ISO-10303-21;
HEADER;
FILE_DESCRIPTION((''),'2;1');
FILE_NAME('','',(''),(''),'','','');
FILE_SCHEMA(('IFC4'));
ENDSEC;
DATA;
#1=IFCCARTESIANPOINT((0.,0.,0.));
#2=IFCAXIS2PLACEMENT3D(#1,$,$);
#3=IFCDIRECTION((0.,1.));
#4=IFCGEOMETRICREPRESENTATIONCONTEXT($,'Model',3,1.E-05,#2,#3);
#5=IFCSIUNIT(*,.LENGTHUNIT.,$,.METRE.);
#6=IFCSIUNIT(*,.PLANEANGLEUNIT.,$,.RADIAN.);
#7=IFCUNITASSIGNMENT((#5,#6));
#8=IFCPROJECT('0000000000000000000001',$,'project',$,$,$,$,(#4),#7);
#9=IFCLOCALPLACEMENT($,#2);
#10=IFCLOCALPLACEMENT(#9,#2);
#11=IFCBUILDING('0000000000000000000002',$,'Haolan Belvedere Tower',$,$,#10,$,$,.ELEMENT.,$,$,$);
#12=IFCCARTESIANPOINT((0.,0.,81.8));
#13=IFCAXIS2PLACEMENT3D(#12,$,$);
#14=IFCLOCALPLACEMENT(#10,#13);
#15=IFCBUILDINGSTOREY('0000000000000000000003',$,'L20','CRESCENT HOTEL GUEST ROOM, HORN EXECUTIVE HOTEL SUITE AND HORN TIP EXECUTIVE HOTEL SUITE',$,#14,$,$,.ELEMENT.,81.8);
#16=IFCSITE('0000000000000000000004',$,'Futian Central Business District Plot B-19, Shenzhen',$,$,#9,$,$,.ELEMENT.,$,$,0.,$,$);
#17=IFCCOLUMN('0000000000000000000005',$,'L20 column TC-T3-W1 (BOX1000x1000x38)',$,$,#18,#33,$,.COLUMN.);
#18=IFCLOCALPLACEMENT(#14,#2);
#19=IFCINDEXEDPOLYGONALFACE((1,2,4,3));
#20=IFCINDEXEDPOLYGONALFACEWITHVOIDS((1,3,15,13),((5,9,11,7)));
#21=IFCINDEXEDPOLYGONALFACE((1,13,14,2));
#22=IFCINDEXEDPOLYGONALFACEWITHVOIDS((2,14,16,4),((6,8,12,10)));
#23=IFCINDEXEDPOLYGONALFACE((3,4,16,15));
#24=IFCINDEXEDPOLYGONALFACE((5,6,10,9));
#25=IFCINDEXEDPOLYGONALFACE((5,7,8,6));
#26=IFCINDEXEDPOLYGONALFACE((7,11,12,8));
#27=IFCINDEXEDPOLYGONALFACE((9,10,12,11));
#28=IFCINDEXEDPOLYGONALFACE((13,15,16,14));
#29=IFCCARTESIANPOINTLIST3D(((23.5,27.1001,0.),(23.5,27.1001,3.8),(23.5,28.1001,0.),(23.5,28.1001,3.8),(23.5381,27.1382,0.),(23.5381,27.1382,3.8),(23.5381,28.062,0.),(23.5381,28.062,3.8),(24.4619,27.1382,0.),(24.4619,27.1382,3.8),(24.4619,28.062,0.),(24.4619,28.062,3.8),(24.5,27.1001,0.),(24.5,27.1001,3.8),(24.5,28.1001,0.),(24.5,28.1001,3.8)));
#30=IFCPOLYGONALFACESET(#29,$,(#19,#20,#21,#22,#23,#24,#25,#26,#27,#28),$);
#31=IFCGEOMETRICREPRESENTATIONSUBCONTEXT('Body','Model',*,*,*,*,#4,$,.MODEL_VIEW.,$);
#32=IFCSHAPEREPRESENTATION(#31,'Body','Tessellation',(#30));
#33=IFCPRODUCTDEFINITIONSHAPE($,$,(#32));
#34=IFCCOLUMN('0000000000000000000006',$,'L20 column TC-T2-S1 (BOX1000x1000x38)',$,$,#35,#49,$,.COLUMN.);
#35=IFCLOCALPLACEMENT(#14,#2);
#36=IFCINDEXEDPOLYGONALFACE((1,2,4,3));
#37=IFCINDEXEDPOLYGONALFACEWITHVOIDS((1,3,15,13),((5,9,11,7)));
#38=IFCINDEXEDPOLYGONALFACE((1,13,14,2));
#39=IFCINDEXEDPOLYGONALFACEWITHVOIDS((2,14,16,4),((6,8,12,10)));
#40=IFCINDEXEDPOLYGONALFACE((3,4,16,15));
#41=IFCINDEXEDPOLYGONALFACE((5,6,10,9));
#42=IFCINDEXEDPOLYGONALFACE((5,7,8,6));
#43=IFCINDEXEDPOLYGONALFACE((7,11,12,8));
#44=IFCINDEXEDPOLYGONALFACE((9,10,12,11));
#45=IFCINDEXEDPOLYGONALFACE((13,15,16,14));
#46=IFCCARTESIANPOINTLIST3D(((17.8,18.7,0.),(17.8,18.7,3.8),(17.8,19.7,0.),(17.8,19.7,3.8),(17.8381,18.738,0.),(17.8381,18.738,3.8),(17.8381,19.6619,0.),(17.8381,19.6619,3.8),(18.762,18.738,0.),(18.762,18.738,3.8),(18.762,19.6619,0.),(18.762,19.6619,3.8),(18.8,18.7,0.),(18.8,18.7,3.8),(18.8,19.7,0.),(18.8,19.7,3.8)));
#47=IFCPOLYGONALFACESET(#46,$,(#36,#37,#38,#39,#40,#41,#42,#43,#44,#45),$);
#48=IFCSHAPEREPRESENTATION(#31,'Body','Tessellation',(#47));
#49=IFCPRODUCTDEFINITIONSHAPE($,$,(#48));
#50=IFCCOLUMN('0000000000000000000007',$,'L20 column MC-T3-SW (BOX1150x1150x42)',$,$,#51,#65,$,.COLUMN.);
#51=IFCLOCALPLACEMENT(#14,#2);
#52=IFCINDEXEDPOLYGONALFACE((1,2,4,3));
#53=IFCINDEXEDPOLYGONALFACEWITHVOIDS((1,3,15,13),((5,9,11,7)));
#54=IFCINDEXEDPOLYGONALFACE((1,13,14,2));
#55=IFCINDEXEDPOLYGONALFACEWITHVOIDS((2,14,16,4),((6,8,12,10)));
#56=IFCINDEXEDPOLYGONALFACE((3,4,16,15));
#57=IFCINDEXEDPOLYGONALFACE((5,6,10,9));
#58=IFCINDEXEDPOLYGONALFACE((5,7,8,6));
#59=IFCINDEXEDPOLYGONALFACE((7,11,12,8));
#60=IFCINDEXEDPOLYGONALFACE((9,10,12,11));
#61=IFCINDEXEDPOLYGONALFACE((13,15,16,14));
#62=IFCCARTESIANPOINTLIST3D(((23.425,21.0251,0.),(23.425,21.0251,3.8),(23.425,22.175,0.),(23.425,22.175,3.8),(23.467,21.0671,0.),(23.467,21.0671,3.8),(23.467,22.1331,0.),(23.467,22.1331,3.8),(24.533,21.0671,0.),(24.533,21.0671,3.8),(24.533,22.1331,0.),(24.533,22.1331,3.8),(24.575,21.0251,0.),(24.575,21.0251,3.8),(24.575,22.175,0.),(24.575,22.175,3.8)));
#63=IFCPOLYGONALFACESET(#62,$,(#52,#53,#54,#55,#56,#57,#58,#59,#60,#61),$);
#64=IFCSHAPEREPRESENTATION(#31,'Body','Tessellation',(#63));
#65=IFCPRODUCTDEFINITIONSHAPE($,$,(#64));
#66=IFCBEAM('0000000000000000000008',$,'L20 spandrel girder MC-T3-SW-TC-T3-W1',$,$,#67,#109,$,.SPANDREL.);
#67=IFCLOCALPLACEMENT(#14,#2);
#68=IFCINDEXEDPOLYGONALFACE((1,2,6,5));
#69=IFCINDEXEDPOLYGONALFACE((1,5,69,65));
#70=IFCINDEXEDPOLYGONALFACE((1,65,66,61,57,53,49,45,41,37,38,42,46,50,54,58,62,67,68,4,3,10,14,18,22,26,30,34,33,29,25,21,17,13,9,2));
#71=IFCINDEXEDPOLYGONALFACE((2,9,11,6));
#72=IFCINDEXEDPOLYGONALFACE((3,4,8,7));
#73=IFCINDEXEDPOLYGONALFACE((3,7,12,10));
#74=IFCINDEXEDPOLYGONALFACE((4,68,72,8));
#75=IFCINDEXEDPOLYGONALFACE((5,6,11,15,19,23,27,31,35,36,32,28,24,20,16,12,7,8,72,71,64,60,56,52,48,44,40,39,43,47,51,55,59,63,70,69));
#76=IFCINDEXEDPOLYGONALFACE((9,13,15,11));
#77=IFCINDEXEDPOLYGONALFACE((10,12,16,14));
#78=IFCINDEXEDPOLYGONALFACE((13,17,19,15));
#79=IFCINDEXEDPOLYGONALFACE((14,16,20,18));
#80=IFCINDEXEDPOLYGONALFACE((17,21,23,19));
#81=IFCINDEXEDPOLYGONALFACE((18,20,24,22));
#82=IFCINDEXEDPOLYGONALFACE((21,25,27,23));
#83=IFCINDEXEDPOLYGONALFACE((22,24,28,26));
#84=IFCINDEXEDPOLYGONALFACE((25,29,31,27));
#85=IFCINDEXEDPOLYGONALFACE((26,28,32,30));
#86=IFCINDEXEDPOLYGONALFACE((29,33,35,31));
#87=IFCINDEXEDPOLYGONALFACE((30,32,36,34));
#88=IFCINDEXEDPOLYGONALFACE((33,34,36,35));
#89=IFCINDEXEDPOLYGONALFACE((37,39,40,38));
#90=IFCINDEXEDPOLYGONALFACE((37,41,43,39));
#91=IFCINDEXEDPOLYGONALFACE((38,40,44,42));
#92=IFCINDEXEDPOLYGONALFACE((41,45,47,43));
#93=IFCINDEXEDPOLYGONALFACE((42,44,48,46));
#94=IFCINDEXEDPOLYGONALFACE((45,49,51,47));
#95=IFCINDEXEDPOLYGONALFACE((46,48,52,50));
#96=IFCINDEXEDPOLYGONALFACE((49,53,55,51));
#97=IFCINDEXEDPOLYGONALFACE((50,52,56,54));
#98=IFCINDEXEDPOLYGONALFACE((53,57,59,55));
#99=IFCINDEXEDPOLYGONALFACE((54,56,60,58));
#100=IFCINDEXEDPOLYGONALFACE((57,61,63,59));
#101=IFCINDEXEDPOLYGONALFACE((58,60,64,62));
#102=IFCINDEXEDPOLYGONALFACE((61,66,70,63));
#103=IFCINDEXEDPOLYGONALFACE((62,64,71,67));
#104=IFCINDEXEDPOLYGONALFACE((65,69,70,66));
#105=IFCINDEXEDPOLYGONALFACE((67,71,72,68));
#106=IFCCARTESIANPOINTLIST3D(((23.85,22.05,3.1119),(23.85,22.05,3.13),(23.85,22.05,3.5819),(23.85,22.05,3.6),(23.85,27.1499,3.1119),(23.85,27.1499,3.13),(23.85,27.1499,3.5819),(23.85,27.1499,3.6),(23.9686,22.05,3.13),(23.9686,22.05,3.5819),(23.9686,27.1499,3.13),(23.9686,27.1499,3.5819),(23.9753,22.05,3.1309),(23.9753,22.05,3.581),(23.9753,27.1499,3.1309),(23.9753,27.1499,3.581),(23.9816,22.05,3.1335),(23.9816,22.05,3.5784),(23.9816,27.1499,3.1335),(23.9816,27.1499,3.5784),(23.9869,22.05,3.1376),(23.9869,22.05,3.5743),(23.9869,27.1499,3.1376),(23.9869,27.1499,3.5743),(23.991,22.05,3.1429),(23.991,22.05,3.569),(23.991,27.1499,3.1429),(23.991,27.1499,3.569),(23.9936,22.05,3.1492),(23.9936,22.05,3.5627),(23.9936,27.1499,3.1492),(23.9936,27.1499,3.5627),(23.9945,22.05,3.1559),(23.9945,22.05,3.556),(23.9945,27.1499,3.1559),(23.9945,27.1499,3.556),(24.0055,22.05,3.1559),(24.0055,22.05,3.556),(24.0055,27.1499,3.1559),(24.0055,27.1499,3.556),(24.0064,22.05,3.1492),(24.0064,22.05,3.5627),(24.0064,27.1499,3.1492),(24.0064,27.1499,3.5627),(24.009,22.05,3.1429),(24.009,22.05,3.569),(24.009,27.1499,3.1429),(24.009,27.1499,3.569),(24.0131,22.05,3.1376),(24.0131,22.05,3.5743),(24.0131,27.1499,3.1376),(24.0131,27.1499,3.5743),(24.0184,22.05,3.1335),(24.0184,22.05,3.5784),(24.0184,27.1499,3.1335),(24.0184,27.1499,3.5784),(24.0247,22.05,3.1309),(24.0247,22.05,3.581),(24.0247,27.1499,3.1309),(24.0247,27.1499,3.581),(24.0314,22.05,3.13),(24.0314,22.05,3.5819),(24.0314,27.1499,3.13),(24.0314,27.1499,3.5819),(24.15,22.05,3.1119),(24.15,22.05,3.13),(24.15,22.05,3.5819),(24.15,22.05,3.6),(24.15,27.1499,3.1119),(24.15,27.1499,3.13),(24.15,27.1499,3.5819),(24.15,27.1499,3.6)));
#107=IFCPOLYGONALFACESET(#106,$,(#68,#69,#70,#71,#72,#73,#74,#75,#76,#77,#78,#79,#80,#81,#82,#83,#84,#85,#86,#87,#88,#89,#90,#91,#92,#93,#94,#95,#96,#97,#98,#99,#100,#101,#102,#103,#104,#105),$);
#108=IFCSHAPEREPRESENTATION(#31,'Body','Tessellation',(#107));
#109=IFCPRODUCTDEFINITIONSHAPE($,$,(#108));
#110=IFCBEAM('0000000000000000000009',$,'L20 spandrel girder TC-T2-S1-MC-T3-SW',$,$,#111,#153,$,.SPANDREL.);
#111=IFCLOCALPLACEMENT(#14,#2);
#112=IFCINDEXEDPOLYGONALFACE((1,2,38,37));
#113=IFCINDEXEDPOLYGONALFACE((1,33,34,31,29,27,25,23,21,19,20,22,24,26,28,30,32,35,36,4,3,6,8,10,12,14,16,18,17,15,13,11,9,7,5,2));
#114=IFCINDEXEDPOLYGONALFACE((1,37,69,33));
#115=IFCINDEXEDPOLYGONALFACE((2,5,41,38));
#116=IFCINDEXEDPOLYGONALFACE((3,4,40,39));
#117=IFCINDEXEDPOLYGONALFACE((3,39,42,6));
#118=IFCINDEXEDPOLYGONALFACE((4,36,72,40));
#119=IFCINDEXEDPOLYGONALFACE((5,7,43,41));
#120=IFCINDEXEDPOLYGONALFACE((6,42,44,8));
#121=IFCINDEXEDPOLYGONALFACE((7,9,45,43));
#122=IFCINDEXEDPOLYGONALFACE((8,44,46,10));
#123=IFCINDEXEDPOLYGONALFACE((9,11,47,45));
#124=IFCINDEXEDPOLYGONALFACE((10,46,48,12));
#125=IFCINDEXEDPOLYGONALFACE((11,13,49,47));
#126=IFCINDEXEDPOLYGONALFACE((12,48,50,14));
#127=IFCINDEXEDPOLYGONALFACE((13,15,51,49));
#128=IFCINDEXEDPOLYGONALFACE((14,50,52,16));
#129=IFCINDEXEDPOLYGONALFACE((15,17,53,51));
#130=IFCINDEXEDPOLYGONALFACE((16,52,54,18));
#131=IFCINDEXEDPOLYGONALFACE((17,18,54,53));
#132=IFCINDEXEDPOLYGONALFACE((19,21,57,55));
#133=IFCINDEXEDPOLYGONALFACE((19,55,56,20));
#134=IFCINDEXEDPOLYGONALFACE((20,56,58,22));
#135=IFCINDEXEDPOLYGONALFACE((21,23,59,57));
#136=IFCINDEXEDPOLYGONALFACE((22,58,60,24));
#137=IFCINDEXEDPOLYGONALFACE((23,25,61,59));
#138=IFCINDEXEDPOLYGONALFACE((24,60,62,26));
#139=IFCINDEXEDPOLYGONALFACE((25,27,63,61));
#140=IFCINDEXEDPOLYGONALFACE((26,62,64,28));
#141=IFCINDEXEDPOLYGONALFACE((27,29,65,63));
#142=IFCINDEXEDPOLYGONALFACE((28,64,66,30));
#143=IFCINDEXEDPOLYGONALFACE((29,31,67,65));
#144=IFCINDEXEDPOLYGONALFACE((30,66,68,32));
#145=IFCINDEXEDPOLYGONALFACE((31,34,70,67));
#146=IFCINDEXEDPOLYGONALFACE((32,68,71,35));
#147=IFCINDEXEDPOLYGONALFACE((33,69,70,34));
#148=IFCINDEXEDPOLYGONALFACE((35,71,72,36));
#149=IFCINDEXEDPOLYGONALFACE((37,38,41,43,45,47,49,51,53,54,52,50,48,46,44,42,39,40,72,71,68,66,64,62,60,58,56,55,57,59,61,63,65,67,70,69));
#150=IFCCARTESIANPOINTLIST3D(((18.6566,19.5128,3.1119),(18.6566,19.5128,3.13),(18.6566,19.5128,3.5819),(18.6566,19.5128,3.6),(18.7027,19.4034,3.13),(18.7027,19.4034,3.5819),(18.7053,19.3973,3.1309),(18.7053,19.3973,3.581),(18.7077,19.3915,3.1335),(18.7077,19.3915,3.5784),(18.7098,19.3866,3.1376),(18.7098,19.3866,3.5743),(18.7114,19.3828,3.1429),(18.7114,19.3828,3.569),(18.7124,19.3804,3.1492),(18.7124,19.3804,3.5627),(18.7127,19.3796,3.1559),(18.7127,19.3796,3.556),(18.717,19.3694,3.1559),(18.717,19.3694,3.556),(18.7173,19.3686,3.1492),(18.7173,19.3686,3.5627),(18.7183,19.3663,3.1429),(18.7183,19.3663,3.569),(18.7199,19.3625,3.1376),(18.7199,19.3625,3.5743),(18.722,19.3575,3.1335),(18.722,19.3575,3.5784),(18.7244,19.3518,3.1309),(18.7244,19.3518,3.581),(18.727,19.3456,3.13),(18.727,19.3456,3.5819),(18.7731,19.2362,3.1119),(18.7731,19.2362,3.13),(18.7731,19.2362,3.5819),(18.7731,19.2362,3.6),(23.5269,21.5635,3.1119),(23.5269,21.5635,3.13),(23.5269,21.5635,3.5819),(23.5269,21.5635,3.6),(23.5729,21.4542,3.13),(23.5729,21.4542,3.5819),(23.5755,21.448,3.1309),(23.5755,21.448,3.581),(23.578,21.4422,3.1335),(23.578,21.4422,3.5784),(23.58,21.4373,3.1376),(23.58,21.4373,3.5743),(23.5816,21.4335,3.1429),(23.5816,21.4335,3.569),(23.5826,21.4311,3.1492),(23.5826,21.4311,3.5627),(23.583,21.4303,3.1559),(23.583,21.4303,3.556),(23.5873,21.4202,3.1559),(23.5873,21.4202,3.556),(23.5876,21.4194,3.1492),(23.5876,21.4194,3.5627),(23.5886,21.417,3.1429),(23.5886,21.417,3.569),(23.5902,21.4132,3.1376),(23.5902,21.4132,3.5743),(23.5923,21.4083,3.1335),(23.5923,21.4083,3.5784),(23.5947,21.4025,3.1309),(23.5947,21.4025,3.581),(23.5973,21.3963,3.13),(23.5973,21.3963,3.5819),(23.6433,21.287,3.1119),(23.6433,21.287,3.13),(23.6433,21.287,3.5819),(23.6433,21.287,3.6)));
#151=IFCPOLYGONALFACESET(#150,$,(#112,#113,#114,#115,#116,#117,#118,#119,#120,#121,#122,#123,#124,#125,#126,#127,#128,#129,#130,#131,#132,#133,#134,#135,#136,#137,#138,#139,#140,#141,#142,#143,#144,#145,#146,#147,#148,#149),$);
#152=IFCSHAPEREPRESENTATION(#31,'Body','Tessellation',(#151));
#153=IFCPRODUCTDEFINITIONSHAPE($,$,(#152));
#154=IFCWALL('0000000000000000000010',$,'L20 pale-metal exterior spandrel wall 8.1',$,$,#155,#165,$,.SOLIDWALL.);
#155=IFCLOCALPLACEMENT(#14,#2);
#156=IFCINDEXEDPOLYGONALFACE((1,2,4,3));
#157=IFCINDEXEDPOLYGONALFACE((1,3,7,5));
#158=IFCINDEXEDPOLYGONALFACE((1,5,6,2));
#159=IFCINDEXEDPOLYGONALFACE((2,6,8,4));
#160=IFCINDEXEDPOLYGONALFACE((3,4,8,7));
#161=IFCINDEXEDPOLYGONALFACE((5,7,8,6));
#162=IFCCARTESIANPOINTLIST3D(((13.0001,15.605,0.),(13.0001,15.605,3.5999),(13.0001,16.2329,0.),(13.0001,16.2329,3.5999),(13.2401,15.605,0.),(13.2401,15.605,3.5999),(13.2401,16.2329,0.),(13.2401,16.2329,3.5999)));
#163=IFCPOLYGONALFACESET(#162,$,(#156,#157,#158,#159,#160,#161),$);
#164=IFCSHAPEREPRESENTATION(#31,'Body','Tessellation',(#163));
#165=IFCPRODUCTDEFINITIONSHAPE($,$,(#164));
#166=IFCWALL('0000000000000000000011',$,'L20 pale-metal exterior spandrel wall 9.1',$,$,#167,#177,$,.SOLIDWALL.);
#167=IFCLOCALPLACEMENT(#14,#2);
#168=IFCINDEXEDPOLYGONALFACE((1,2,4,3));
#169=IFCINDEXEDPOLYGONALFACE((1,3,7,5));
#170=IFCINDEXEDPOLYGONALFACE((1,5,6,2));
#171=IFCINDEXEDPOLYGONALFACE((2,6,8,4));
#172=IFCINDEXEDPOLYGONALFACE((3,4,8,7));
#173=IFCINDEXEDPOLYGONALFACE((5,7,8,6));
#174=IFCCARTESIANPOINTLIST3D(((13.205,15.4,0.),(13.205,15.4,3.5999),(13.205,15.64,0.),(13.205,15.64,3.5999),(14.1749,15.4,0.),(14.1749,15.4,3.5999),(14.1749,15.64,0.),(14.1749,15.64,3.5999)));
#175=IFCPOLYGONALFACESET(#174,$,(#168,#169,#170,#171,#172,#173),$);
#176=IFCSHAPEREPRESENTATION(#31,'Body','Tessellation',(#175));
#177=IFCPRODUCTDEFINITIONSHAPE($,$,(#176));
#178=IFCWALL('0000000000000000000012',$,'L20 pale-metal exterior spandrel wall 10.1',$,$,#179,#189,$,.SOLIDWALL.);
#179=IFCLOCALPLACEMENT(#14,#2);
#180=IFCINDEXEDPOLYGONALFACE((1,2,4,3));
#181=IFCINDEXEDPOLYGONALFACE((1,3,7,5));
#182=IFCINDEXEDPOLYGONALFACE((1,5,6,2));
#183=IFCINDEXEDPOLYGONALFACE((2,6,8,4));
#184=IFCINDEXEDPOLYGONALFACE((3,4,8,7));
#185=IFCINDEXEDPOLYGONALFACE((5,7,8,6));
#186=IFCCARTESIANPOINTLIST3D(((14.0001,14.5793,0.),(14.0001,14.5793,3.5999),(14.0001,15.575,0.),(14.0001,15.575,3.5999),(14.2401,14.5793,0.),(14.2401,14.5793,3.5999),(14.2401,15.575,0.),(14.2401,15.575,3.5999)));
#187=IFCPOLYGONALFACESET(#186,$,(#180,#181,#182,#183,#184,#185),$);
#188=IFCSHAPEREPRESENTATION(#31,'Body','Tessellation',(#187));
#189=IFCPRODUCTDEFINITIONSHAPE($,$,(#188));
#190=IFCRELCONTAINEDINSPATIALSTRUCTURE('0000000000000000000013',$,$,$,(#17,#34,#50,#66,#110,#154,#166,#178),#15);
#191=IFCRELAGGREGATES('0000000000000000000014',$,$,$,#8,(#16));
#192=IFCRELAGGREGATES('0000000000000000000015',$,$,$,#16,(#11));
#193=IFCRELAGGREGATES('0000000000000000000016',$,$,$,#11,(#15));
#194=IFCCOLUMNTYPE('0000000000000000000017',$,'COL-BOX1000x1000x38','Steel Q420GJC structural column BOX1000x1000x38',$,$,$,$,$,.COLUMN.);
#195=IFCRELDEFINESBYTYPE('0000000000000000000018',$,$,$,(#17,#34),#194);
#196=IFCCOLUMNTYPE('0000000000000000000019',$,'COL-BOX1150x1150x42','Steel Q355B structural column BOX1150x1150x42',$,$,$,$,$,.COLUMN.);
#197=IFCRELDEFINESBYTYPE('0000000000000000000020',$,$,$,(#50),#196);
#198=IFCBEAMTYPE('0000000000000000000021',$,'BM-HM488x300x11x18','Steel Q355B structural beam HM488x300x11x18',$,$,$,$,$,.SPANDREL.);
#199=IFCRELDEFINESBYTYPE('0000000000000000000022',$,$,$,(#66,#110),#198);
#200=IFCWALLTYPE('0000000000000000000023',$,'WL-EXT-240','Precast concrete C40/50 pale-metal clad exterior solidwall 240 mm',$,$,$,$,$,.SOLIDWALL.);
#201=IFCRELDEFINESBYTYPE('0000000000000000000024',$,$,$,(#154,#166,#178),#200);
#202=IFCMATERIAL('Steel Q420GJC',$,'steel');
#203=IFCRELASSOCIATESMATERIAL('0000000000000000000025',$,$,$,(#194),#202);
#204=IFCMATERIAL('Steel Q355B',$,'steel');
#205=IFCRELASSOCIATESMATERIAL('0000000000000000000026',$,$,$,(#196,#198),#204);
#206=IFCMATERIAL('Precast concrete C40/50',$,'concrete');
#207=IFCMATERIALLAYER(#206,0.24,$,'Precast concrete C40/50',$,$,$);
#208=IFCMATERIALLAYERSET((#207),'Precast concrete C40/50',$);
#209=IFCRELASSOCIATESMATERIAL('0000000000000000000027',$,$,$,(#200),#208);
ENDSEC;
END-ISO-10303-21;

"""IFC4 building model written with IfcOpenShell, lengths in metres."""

from ifc_helpers import new_model, si_unit, direction, frame, frame_2d, origin, origin_2d, place, context, subcontext, project, spatial, rectangle, hollow_rectangle, i_section, extrude, material, layer, layer_set, material_profile, profile_set, type_object, element, save


model = new_model("IFC4")

# Units and contexts
model_context = context("Model", 3, precision=1e-05, world=origin(), true_north=direction((0.0, 1.0)))
body_context = subcontext(model_context, "Body", "Model", "MODEL_VIEW")
ifc_project = project(units=[si_unit("LENGTHUNIT", "METRE"), si_unit("PLANEANGLEUNIT", "RADIAN")], contexts=[model_context])

# Site, building, storey
site_placement = place(None, origin())
site = spatial("IfcSite", under=ifc_project, at=site_placement, Name="Futian Central Business District Plot B-19, Shenzhen", CompositionType="ELEMENT", RefElevation=0.0)
building_placement = place(site_placement, origin())
building = spatial("IfcBuilding", under=site, at=building_placement, Name="Haolan Belvedere Tower", CompositionType="ELEMENT")
storey_placement = place(building_placement, frame((0.0, 0.0, 81.8)))
storey = spatial("IfcBuildingStorey", under=building, at=storey_placement, Name="L20", Description="CRESCENT HOTEL GUEST ROOM, HORN EXECUTIVE HOTEL SUITE AND HORN TIP EXECUTIVE HOTEL SUITE", CompositionType="ELEMENT", Elevation=81.8)

# Columns
ifc_material_1 = material(Name="Steel Q420GJC", Category="steel")
ifc_material_profile_1 = material_profile(ifc_material_1, hollow_rectangle(XDim=1.0, YDim=1.0, WallThickness=0.0381, at=origin_2d()), Name="Steel Q420GJC")
ifc_profile_set_1 = profile_set([ifc_material_profile_1], Name="Steel Q420GJC")
column_type_1 = type_object("IfcColumnType", Name="COL-BOX1000x1000x38", Description="Steel Q420GJC structural column BOX1000x1000x38", PredefinedType="COLUMN", material=ifc_profile_set_1)
for number, where, z_axis, x_axis, name in (
    (1, (24.0, 27.6001, 0.0), (0.0, 0.0, 1.0), (1.0, 0.0, 0.0), "L20 column TC-T3-W1 (BOX1000x1000x38)"),
    (2, (18.3, 19.2, 0.0), (0.0, 0.0, 1.0), (1.0, 0.0, 0.0), "L20 column TC-T2-S1 (BOX1000x1000x38)"),
):
    element("IfcColumn", number, at=place(storey_placement, frame(where, z_axis=z_axis, x_axis=x_axis)), inside=storey, type_object=column_type_1, Name=name, PredefinedType="COLUMN", context=body_context, shape_type="SweptSolid", body=[
        extrude(hollow_rectangle(XDim=1.0, YDim=1.0, WallThickness=0.0381, at=origin_2d()), origin(), (0.0, 0.0, 1.0), 3.8),
    ])
ifc_material_2 = material(Name="Steel Q355B", Category="steel")
ifc_material_profile_2 = material_profile(ifc_material_2, hollow_rectangle(XDim=1.1499, YDim=1.1499, WallThickness=0.042, at=origin_2d()), Name="Steel Q355B")
ifc_profile_set_2 = profile_set([ifc_material_profile_2], Name="Steel Q355B")
column_type_2 = type_object("IfcColumnType", Name="COL-BOX1150x1150x42", Description="Steel Q355B structural column BOX1150x1150x42", PredefinedType="COLUMN", material=ifc_profile_set_2)
column_placement = place(storey_placement, frame((24.0, 21.6001, 0.0), z_axis=(0.0, 0.0, 1.0), x_axis=(1.0, 0.0, 0.0)))
element("IfcColumn", 3, at=column_placement, inside=storey, type_object=column_type_2, Name="L20 column MC-T3-SW (BOX1150x1150x42)", PredefinedType="COLUMN", context=body_context, shape_type="SweptSolid", body=[
    extrude(hollow_rectangle(XDim=1.1499, YDim=1.1499, WallThickness=0.042, at=origin_2d()), origin(), (0.0, 0.0, 1.0), 3.8),
])

# Beams
ifc_material_profile_3 = material_profile(ifc_material_2, i_section(OverallWidth=0.3, OverallDepth=0.488, WebThickness=0.011, FlangeThickness=0.0181, FilletRadius=0.0259, at=origin_2d()), Name="Steel Q355B")
ifc_profile_set_3 = profile_set([ifc_material_profile_3], Name="Steel Q355B")
beam_type = type_object("IfcBeamType", Name="BM-HM488x300x11x18", Description="Steel Q355B structural beam HM488x300x11x18", PredefinedType="SPANDREL", material=ifc_profile_set_3)
beam_1_placement = place(storey_placement, frame((24.0, 22.05, 3.356), z_axis=(0.0, 1.0, 0.0), x_axis=(-1.0, 0.0, 0.0)))
element("IfcBeam", 4, at=beam_1_placement, inside=storey, type_object=beam_type, Name="L20 spandrel girder MC-T3-SW-TC-T3-W1", PredefinedType="SPANDREL", context=body_context, shape_type="SweptSolid", body=[
    extrude(i_section(OverallWidth=0.3, OverallDepth=0.488, WebThickness=0.011, FlangeThickness=0.0181, FilletRadius=0.0259, at=origin_2d()), origin(), (0.0, 0.0, 1.0), 5.0999),
])
beam_2_placement = place(storey_placement, frame((18.7148, 19.3745, 3.356), z_axis=(0.921628, 0.388074, 0.0), x_axis=(-0.388074, 0.921628, 0.0)))
element("IfcBeam", 5, at=beam_2_placement, inside=storey, type_object=beam_type, Name="L20 spandrel girder TC-T2-S1-MC-T3-SW", PredefinedType="SPANDREL", context=body_context, shape_type="SweptSolid", body=[
    extrude(i_section(OverallWidth=0.3, OverallDepth=0.488, WebThickness=0.011, FlangeThickness=0.0181, FilletRadius=0.0259, at=origin_2d()), origin(), (0.0, 0.0, 1.0), 5.2844),
])

# Walls
ifc_material_3 = material(Name="Precast concrete C40/50", Category="concrete")
ifc_layer_1 = layer(ifc_material_3, 0.24, Name="Precast concrete C40/50")
ifc_layer_set_1 = layer_set([ifc_layer_1], Name="Precast concrete C40/50")
wall_type_1 = type_object("IfcWallType", Name="WL-EXT-240", Description="Precast concrete C40/50 pale-metal clad exterior solidwall 240 mm", PredefinedType="SOLIDWALL", material=ifc_layer_set_1)
wall_1_placement = place(storey_placement, frame((13.1201, 16.2329, 0.0), z_axis=(0.0, 0.0, 1.0), x_axis=(0.0, -1.0, 0.0)))
element("IfcWall", 6, at=wall_1_placement, inside=storey, type_object=wall_type_1, Name="L20 pale-metal exterior spandrel wall 8.1", PredefinedType="SOLIDWALL", context=body_context, shape_type="SweptSolid", body=[
    extrude(rectangle(XDim=0.6279, YDim=0.24, at=frame_2d((0.314, 0.0))), origin(), (0.0, 0.0, 1.0), 3.5999),
])
wall_2_placement = place(storey_placement, frame((13.2051, 15.52, 0.0), z_axis=(0.0, 0.0, 1.0), x_axis=(1.0, 0.0, 0.0)))
element("IfcWall", 7, at=wall_2_placement, inside=storey, type_object=wall_type_1, Name="L20 pale-metal exterior spandrel wall 9.1", PredefinedType="SOLIDWALL", context=body_context, shape_type="SweptSolid", body=[
    extrude(rectangle(XDim=0.97, YDim=0.24, at=frame_2d((0.4849, 0.0))), origin(), (0.0, 0.0, 1.0), 3.5999),
])
wall_3_placement = place(storey_placement, frame((14.1201, 15.575, 0.0), z_axis=(0.0, 0.0, 1.0), x_axis=(0.0, -1.0, 0.0)))
element("IfcWall", 8, at=wall_3_placement, inside=storey, type_object=wall_type_1, Name="L20 pale-metal exterior spandrel wall 10.1", PredefinedType="SOLIDWALL", context=body_context, shape_type="SweptSolid", body=[
    extrude(rectangle(XDim=0.9956, YDim=0.24, at=frame_2d((0.4978, 0.0))), origin(), (0.0, 0.0, 1.0), 3.5999),
])

save(model, "model.ifc")
